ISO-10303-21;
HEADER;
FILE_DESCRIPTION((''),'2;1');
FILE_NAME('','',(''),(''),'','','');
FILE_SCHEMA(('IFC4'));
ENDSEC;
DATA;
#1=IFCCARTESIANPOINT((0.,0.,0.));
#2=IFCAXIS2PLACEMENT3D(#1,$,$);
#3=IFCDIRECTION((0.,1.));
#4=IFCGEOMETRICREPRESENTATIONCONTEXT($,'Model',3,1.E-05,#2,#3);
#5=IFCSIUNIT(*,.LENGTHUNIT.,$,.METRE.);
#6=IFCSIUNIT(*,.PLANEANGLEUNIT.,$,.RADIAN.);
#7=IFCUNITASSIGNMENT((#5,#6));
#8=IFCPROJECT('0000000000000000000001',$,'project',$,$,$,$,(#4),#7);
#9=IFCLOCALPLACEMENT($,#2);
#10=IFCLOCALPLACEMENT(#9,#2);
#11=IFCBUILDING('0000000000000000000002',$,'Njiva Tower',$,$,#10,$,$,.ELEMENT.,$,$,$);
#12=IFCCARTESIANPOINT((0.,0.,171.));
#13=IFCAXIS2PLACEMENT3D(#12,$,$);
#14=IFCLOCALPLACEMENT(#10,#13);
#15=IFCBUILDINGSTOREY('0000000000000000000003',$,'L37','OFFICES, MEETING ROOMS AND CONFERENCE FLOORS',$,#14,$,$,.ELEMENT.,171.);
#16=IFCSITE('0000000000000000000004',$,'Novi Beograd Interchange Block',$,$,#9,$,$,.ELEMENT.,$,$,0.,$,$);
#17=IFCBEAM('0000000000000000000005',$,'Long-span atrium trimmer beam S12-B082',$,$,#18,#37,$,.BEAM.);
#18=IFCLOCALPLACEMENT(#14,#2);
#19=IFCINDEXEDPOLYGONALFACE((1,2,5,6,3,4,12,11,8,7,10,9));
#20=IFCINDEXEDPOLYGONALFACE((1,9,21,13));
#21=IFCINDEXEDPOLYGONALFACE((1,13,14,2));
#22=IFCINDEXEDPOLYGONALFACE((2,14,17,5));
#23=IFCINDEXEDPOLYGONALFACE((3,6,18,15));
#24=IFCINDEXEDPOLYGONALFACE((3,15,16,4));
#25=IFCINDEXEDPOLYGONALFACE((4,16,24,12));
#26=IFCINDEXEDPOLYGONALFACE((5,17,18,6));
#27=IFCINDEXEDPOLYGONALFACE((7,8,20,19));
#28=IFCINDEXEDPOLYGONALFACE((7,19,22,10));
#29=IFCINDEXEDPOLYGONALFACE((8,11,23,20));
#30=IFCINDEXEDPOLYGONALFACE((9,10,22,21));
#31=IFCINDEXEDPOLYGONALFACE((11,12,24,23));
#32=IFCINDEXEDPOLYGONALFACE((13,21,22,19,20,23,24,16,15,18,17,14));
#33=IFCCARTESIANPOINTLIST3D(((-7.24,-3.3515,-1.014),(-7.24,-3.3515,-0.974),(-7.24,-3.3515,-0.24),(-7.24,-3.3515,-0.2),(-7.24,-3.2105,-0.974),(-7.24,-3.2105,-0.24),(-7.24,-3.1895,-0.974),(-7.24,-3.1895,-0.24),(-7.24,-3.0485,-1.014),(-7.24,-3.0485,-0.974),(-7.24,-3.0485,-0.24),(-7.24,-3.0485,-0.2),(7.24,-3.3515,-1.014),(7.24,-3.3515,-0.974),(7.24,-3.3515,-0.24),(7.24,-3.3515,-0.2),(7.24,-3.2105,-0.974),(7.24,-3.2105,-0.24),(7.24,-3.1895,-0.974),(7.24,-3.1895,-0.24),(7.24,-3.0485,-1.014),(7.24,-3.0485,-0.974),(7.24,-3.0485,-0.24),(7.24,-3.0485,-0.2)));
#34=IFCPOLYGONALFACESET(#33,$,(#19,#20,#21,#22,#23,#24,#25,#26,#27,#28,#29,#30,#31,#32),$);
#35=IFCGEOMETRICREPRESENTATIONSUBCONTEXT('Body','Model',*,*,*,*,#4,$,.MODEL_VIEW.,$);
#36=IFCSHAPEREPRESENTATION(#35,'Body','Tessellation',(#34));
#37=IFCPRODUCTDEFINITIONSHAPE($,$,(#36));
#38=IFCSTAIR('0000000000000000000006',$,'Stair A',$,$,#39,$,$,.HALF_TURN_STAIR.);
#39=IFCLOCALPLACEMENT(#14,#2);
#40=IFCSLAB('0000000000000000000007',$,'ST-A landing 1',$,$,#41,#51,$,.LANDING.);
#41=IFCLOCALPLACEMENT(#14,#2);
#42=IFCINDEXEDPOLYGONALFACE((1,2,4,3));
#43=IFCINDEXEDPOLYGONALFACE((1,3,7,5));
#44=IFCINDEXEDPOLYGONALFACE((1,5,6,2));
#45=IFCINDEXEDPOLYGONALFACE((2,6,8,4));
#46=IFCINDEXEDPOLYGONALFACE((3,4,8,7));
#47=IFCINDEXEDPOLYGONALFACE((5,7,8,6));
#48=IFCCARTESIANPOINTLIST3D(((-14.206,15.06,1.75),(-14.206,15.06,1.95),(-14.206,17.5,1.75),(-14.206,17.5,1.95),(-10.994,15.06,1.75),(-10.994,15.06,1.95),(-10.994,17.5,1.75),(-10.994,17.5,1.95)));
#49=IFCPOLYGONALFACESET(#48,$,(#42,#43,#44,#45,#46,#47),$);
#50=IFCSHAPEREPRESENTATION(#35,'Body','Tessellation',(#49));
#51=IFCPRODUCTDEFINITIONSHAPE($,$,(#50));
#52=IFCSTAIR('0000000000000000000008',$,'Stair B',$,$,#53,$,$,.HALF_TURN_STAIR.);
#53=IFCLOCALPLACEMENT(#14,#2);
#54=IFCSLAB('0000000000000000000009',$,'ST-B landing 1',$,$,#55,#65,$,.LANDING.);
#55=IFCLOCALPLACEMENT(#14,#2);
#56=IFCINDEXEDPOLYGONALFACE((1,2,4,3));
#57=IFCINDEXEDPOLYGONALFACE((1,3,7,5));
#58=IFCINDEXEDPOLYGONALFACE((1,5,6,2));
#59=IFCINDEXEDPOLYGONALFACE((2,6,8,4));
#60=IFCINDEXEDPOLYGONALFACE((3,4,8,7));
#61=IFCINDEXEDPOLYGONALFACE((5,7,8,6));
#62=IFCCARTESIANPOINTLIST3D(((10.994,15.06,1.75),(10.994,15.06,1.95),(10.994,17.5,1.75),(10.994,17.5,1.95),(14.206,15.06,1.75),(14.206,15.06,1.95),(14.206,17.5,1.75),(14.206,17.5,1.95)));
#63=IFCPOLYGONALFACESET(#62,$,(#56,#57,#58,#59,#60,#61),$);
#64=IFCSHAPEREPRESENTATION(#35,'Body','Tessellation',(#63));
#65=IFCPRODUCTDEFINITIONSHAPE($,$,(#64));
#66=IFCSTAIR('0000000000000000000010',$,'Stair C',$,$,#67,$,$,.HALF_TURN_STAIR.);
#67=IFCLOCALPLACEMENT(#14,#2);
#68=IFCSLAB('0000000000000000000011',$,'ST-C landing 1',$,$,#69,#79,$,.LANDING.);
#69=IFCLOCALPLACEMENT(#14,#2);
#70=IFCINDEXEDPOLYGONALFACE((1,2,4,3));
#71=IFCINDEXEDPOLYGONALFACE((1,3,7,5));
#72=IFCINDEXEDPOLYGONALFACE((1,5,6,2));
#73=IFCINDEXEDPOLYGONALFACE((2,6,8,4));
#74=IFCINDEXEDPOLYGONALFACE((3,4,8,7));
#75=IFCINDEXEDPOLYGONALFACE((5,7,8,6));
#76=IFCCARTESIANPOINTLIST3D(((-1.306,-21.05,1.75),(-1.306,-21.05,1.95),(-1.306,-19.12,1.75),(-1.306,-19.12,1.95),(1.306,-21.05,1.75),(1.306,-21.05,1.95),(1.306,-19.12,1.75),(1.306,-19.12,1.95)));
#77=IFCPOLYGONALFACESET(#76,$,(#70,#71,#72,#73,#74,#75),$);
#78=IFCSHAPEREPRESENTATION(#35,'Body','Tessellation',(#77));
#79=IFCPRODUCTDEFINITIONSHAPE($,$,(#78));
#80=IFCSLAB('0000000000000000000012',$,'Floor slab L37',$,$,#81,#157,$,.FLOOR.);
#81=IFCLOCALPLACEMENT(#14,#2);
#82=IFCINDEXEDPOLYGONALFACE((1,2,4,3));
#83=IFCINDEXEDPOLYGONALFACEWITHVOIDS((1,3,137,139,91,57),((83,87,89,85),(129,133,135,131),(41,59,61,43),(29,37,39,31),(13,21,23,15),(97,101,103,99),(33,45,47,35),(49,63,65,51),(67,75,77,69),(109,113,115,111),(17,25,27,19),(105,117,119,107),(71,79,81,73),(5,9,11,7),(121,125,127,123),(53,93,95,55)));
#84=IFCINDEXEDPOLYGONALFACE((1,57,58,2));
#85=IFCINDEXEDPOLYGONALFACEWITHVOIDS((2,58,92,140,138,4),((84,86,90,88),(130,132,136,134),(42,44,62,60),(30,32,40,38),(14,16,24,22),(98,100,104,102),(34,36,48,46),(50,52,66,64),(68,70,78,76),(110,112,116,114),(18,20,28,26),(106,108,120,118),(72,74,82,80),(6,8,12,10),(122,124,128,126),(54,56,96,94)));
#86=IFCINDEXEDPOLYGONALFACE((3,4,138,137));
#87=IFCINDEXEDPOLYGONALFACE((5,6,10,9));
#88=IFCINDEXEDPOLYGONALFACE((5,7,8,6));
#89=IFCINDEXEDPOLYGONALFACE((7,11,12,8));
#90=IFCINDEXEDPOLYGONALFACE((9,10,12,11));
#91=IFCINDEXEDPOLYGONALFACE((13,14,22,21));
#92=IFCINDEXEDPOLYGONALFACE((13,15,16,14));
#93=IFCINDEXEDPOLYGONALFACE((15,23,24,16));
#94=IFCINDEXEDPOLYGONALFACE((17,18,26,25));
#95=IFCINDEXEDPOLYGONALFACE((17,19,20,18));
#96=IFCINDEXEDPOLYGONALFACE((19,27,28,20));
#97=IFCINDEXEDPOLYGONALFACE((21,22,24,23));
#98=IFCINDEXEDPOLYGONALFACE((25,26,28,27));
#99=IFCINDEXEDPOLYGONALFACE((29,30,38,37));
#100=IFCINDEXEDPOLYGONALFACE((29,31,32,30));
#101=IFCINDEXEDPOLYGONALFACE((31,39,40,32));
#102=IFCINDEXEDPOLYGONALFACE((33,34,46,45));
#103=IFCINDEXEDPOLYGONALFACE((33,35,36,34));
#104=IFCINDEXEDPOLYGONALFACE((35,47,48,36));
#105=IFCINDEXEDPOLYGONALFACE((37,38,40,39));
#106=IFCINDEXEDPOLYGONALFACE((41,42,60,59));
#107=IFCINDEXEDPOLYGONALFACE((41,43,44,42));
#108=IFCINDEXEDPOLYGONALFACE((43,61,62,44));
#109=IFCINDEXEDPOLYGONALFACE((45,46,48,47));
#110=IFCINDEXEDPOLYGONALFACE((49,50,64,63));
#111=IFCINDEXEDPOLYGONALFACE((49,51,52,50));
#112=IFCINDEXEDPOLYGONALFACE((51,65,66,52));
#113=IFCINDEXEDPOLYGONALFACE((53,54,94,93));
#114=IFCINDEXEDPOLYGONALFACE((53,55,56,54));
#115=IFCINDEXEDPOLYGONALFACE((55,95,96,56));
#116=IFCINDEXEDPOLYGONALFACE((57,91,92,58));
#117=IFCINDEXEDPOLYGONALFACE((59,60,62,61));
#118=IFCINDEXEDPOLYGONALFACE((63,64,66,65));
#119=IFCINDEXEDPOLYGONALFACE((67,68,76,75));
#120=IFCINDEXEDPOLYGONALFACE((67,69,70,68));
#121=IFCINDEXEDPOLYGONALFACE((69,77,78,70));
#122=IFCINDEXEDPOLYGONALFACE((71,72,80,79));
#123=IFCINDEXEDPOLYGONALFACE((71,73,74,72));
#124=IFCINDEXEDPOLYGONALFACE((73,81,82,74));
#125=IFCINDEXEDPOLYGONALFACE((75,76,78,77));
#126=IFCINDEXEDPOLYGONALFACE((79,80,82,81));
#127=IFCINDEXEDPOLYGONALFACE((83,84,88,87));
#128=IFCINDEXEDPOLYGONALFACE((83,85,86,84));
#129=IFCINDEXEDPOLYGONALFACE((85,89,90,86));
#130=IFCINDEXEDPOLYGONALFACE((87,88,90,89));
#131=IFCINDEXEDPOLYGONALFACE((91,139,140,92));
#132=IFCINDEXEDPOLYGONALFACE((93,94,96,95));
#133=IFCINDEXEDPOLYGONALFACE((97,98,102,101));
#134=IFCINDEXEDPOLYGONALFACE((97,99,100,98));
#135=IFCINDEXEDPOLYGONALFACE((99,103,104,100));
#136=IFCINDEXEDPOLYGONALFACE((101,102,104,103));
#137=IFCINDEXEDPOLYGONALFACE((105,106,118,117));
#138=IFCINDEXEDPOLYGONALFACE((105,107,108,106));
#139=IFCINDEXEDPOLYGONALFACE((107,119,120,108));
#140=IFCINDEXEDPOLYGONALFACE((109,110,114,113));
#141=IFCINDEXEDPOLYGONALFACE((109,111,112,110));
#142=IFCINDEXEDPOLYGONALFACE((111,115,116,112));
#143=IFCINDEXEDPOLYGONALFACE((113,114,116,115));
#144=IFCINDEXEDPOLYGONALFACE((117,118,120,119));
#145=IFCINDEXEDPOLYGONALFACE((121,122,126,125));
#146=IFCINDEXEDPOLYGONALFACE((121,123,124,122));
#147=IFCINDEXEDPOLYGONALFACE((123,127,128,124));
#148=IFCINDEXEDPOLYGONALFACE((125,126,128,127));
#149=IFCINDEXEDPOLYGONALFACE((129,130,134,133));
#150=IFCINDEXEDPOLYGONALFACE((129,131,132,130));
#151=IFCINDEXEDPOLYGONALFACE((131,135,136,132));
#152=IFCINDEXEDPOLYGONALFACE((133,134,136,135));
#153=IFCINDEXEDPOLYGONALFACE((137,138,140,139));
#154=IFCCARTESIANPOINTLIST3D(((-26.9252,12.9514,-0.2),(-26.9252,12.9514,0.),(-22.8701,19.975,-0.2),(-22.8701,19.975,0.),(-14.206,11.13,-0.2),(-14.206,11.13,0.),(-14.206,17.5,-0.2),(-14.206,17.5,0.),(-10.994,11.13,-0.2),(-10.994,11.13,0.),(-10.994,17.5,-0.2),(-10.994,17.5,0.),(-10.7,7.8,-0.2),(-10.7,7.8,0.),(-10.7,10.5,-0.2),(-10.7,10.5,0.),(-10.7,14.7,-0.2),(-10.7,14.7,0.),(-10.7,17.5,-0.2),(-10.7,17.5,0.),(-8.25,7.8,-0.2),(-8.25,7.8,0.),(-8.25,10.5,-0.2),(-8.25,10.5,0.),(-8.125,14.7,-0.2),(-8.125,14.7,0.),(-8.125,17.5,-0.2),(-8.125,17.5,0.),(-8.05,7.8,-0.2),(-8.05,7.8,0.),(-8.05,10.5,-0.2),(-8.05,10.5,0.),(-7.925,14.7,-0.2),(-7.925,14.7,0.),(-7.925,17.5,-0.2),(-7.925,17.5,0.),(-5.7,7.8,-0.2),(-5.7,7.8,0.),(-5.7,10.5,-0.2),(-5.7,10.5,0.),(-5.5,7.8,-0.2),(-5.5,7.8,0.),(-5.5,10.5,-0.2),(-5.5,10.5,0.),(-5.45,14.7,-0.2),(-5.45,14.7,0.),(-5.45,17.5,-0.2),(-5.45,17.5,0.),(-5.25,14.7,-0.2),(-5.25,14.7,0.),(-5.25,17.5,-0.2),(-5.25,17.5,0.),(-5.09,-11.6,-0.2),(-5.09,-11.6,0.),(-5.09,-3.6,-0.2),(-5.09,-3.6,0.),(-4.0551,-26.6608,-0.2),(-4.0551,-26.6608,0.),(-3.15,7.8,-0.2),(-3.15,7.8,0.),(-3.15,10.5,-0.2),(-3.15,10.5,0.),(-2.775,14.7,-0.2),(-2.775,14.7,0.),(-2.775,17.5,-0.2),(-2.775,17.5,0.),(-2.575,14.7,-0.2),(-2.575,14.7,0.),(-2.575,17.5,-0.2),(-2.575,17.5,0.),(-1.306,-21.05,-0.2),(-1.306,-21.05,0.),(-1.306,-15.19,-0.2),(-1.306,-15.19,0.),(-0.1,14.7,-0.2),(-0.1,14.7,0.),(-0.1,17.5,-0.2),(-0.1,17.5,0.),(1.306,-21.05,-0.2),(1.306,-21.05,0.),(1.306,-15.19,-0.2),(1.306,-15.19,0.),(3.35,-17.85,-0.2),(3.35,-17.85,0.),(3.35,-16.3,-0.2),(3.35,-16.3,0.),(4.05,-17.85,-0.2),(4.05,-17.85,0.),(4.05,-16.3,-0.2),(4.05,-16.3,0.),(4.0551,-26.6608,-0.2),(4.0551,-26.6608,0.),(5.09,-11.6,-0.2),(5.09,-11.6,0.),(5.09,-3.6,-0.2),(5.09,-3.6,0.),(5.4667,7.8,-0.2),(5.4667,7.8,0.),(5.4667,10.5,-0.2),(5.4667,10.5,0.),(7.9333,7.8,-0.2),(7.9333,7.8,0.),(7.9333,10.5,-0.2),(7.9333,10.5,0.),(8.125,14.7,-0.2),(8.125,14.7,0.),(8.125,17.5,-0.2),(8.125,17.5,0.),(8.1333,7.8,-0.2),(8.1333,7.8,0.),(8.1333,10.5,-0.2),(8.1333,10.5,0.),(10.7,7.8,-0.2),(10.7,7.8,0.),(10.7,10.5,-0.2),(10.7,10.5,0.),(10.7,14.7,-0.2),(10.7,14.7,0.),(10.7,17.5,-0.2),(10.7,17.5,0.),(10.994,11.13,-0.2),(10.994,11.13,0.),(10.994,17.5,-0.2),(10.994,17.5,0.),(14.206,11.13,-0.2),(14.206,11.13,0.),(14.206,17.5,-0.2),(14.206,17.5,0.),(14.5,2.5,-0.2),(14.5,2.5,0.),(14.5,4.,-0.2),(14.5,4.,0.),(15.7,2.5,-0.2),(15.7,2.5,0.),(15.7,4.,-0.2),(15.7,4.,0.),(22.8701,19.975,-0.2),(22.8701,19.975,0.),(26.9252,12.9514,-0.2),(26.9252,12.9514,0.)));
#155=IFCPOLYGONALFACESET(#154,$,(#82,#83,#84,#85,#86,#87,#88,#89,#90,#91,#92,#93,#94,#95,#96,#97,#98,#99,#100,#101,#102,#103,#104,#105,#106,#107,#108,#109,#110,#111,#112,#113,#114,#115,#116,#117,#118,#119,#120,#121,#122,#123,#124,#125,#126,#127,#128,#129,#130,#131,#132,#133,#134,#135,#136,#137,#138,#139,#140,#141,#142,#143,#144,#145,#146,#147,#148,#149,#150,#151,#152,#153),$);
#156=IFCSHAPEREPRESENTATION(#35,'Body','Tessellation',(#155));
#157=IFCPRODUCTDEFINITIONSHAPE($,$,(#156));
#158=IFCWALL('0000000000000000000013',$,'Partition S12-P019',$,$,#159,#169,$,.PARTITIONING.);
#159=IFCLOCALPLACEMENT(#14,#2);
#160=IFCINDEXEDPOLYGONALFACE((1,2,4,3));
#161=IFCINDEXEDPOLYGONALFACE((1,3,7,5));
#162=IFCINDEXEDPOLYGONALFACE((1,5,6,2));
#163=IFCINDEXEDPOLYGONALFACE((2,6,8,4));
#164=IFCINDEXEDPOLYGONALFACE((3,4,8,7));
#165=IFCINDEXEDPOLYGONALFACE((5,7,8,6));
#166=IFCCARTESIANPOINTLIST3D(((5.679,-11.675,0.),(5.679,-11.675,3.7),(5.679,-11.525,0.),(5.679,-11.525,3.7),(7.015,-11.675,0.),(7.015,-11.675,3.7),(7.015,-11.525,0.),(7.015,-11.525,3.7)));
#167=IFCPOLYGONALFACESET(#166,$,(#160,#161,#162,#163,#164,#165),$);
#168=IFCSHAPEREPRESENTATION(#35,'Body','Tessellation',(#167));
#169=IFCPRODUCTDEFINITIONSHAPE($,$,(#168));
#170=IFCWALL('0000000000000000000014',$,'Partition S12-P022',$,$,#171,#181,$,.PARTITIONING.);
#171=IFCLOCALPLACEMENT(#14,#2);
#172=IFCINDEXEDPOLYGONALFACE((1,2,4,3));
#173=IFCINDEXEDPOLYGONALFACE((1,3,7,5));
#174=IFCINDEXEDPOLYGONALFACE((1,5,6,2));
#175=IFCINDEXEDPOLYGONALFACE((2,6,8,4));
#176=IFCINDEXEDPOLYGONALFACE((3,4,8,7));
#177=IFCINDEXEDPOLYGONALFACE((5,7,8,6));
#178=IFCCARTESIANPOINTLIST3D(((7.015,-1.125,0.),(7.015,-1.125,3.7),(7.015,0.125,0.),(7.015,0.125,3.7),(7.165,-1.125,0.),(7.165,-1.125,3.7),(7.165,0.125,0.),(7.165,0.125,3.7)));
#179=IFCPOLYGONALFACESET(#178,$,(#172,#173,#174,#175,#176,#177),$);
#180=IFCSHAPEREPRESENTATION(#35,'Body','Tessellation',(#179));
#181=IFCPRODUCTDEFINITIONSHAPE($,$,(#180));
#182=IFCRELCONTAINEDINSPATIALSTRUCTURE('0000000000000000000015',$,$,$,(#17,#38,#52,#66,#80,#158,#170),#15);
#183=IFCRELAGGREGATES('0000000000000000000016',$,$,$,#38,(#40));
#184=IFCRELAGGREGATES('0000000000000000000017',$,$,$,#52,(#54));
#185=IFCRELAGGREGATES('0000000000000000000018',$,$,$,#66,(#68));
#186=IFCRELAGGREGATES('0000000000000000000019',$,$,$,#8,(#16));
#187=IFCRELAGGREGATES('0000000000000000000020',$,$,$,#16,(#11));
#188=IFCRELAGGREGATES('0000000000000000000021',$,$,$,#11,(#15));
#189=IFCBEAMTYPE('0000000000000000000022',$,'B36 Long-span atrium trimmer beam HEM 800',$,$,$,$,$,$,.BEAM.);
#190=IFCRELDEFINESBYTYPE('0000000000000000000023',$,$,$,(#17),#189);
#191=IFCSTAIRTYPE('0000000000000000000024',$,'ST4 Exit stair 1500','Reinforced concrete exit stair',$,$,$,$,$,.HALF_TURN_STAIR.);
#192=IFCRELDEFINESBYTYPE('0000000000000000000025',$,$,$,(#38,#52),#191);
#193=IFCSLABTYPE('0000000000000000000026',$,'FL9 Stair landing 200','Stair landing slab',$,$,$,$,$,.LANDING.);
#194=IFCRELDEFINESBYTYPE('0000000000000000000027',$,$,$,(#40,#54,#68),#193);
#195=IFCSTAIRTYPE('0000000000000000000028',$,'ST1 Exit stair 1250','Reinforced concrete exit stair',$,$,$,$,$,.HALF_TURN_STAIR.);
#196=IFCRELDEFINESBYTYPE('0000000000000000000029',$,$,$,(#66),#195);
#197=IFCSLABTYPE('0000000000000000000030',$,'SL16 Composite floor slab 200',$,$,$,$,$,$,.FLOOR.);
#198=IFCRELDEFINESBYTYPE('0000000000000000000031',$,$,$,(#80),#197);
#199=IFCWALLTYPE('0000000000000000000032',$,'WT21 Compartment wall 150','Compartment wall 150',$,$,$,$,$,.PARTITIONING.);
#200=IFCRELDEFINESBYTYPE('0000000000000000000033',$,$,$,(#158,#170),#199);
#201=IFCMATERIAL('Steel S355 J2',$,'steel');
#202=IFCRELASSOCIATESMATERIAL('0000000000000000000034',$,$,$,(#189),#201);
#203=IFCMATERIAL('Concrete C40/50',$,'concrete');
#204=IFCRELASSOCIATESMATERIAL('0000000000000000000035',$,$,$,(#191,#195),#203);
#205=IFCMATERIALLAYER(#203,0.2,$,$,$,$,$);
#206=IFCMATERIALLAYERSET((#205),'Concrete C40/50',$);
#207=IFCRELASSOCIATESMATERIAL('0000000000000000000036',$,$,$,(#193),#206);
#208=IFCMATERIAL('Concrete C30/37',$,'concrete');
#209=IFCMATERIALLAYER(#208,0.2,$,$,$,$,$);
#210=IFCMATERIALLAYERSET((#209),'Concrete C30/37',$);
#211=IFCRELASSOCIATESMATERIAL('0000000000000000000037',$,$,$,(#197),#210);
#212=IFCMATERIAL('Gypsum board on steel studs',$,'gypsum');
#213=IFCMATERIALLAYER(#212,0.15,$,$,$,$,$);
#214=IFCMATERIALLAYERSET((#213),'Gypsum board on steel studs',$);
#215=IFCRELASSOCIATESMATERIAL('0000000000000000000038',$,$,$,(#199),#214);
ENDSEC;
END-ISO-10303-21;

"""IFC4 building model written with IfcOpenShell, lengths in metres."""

from ifc_helpers import new_model, si_unit, direction, frame, frame_2d, origin, origin_2d, place, context, subcontext, project, spatial, polyline, rectangle, i_section, outline, extrude, material, layer, layer_set, material_profile, profile_set, type_object, element, aggregate, save


model = new_model("IFC4")

# Units and contexts
model_context = context("Model", 3, precision=1e-05, world=origin(), true_north=direction((0.0, 1.0)))
body_context = subcontext(model_context, "Body", "Model", "MODEL_VIEW")
ifc_project = project(units=[si_unit("LENGTHUNIT", "METRE"), si_unit("PLANEANGLEUNIT", "RADIAN")], contexts=[model_context])

# Site, building, storey
site_placement = place(None, origin())
site = spatial("IfcSite", under=ifc_project, at=site_placement, Name="Novi Beograd Interchange Block", CompositionType="ELEMENT", RefElevation=0.0)
building_placement = place(site_placement, origin())
building = spatial("IfcBuilding", under=site, at=building_placement, Name="Njiva Tower", CompositionType="ELEMENT")
storey_placement = place(building_placement, frame((0.0, 0.0, 171.0)))
storey = spatial("IfcBuildingStorey", under=building, at=storey_placement, Name="L37", Description="OFFICES, MEETING ROOMS AND CONFERENCE FLOORS", CompositionType="ELEMENT", Elevation=171.0)

# Shared definitions
ifc_material_1 = material(Name="Steel S355 J2", Category="steel")

# Beam
ifc_material_profile_1 = material_profile(ifc_material_1, i_section(OverallWidth=0.303, OverallDepth=0.814, WebThickness=0.021, FlangeThickness=0.04, at=origin_2d()), Name="HEM 800")
ifc_profile_set_1 = profile_set([ifc_material_profile_1], Name="Steel S355 J2")
beam_type_1 = type_object("IfcBeamType", Name="B36 Long-span atrium trimmer beam HEM 800", PredefinedType="BEAM", material=ifc_profile_set_1)
beam_1_placement = place(storey_placement, frame((7.24, -3.2, -0.607), z_axis=(-1.0, 0.0, 0.0), x_axis=(0.0, -1.0, 0.0)))
element("IfcBeam", 1, at=beam_1_placement, inside=storey, type_object=beam_type_1, Name="Long-span atrium trimmer beam S12-B082", PredefinedType="BEAM", context=body_context, shape_type="SweptSolid", body=[
    extrude(i_section(OverallWidth=0.303, OverallDepth=0.814, WebThickness=0.021, FlangeThickness=0.04, at=origin_2d()), origin(), (0.0, 0.0, 1.0), 14.48),
])

# Stairs, slabs
ifc_material_2 = material(Name="Concrete C40/50", Category="concrete")
stair_type_1 = type_object("IfcStairType", Name="ST4 Exit stair 1500", Description="Reinforced concrete exit stair", PredefinedType="HALF_TURN_STAIR", material=ifc_material_2)
stair_1_placement = place(storey_placement, origin())
stair_1 = element("IfcStair", 2, at=stair_1_placement, inside=storey, type_object=stair_type_1, Name="Stair A", PredefinedType="HALF_TURN_STAIR")
ifc_layer_1 = layer(ifc_material_2, 0.2)
ifc_layer_set_1 = layer_set([ifc_layer_1], Name="Concrete C40/50")
slab_type_1 = type_object("IfcSlabType", Name="FL9 Stair landing 200", Description="Stair landing slab", PredefinedType="LANDING", material=ifc_layer_set_1)
slab_1_placement = place(storey_placement, frame((0.0, 0.0, 1.75)))
slab_1 = element("IfcSlab", 3, at=slab_1_placement, type_object=slab_type_1, Name="ST-A landing 1", PredefinedType="LANDING", context=body_context, shape_type="SweptSolid", body=[
    extrude(outline(polyline([(-14.206, 15.06), (-10.994, 15.06), (-10.994, 17.5), (-14.206, 17.5), (-14.206, 15.06)])), origin(), (0.0, 0.0, 1.0), 0.2),
])
aggregate(stair_1, [slab_1])
stair_2_placement = place(storey_placement, origin())
stair_2 = element("IfcStair", 4, at=stair_2_placement, inside=storey, type_object=stair_type_1, Name="Stair B", PredefinedType="HALF_TURN_STAIR")
slab_2_placement = place(storey_placement, frame((0.0, 0.0, 1.75)))
slab_2 = element("IfcSlab", 5, at=slab_2_placement, type_object=slab_type_1, Name="ST-B landing 1", PredefinedType="LANDING", context=body_context, shape_type="SweptSolid", body=[
    extrude(outline(polyline([(10.994, 15.06), (14.206, 15.06), (14.206, 17.5), (10.994, 17.5), (10.994, 15.06)])), origin(), (0.0, 0.0, 1.0), 0.2),
])
aggregate(stair_2, [slab_2])
stair_type_2 = type_object("IfcStairType", Name="ST1 Exit stair 1250", Description="Reinforced concrete exit stair", PredefinedType="HALF_TURN_STAIR", material=ifc_material_2)
stair_3_placement = place(storey_placement, origin())
stair_3 = element("IfcStair", 6, at=stair_3_placement, inside=storey, type_object=stair_type_2, Name="Stair C", PredefinedType="HALF_TURN_STAIR")
slab_3_placement = place(storey_placement, frame((0.0, 0.0, 1.75)))
slab_3 = element("IfcSlab", 7, at=slab_3_placement, type_object=slab_type_1, Name="ST-C landing 1", PredefinedType="LANDING", context=body_context, shape_type="SweptSolid", body=[
    extrude(outline(polyline([(-1.306, -21.05), (1.306, -21.05), (1.306, -19.12), (-1.306, -19.12), (-1.306, -21.05)])), origin(), (0.0, 0.0, 1.0), 0.2),
])
aggregate(stair_3, [slab_3])

# Slab
ifc_material_3 = material(Name="Concrete C30/37", Category="concrete")
ifc_layer_2 = layer(ifc_material_3, 0.2)
ifc_layer_set_2 = layer_set([ifc_layer_2], Name="Concrete C30/37")
slab_type_2 = type_object("IfcSlabType", Name="SL16 Composite floor slab 200", PredefinedType="FLOOR", material=ifc_layer_set_2)
slab_4_placement = place(storey_placement, frame((0.0, 0.0, -0.2)))
element("IfcSlab", 8, at=slab_4_placement, inside=storey, type_object=slab_type_2, Name="Floor slab L37", PredefinedType="FLOOR", context=body_context, shape_type="SweptSolid", body=[
    extrude(outline(polyline([(26.9252, 12.9514), (4.0551, -26.6608), (-4.0551, -26.6608), (-26.9252, 12.9514), (-22.8701, 19.975), (22.8701, 19.975), (26.9252, 12.9514)]), holes=[polyline([(14.5, 2.5), (15.7, 2.5), (15.7, 4.0), (14.5, 4.0), (14.5, 2.5)]), polyline([(10.994, 11.13), (14.206, 11.13), (14.206, 17.5), (10.994, 17.5), (10.994, 11.13)]), polyline([(8.125, 14.7), (10.7, 14.7), (10.7, 17.5), (8.125, 17.5), (8.125, 14.7)]), polyline([(8.1333, 7.8), (10.7, 7.8), (10.7, 10.5), (8.1333, 10.5), (8.1333, 7.8)]), polyline([(5.4667, 7.8), (7.9333, 7.8), (7.9333, 10.5), (5.4667, 10.5), (5.4667, 7.8)]), polyline([(5.09, -11.6), (5.09, -3.6), (-5.09, -3.6), (-5.09, -11.6), (5.09, -11.6)]), polyline([(3.35, -17.85), (4.05, -17.85), (4.05, -16.3), (3.35, -16.3), (3.35, -17.85)]), polyline([(-1.306, -21.05), (1.306, -21.05), (1.306, -15.19), (-1.306, -15.19), (-1.306, -21.05)]), polyline([(-2.575, 14.7), (-0.1, 14.7), (-0.1, 17.5), (-2.575, 17.5), (-2.575, 14.7)]), polyline([(-5.25, 14.7), (-2.775, 14.7), (-2.775, 17.5), (-5.25, 17.5), (-5.25, 14.7)]), polyline([(-5.5, 7.8), (-3.15, 7.8), (-3.15, 10.5), (-5.5, 10.5), (-5.5, 7.8)]), polyline([(-7.925, 14.7), (-5.45, 14.7), (-5.45, 17.5), (-7.925, 17.5), (-7.925, 14.7)]), polyline([(-8.05, 7.8), (-5.7, 7.8), (-5.7, 10.5), (-8.05, 10.5), (-8.05, 7.8)]), polyline([(-10.7, 14.7), (-8.125, 14.7), (-8.125, 17.5), (-10.7, 17.5), (-10.7, 14.7)]), polyline([(-10.7, 7.8), (-8.25, 7.8), (-8.25, 10.5), (-10.7, 10.5), (-10.7, 7.8)]), polyline([(-14.206, 11.13), (-10.994, 11.13), (-10.994, 17.5), (-14.206, 17.5), (-14.206, 11.13)])]), origin(), (0.0, 0.0, 1.0), 0.2),
])

# Walls
ifc_material_4 = material(Name="Gypsum board on steel studs", Category="gypsum")
ifc_layer_3 = layer(ifc_material_4, 0.15)
ifc_layer_set_3 = layer_set([ifc_layer_3], Name="Gypsum board on steel studs")
wall_type_1 = type_object("IfcWallType", Name="WT21 Compartment wall 150", Description="Compartment wall 150", PredefinedType="PARTITIONING", material=ifc_layer_set_3)
wall_1_placement = place(storey_placement, frame((5.679, -11.6, 0.0), z_axis=(0.0, 0.0, 1.0), x_axis=(1.0, 0.0, 0.0)))
element("IfcWall", 9, at=wall_1_placement, inside=storey, type_object=wall_type_1, Name="Partition S12-P019", PredefinedType="PARTITIONING", context=body_context, shape_type="SweptSolid", body=[
    extrude(rectangle(XDim=1.336, YDim=0.15, at=frame_2d((0.668, 0.0))), origin(), (0.0, 0.0, 1.0), 3.7),
])
wall_2_placement = place(storey_placement, frame((7.09, -1.125, 0.0), z_axis=(0.0, 0.0, 1.0), x_axis=(0.0, 1.0, 0.0)))
element("IfcWall", 10, at=wall_2_placement, inside=storey, type_object=wall_type_1, Name="Partition S12-P022", PredefinedType="PARTITIONING", context=body_context, shape_type="SweptSolid", body=[
    extrude(rectangle(XDim=1.25, YDim=0.15, at=frame_2d((0.625, 0.0))), origin(), (0.0, 0.0, 1.0), 3.7),
])

save(model, "model.ifc")
